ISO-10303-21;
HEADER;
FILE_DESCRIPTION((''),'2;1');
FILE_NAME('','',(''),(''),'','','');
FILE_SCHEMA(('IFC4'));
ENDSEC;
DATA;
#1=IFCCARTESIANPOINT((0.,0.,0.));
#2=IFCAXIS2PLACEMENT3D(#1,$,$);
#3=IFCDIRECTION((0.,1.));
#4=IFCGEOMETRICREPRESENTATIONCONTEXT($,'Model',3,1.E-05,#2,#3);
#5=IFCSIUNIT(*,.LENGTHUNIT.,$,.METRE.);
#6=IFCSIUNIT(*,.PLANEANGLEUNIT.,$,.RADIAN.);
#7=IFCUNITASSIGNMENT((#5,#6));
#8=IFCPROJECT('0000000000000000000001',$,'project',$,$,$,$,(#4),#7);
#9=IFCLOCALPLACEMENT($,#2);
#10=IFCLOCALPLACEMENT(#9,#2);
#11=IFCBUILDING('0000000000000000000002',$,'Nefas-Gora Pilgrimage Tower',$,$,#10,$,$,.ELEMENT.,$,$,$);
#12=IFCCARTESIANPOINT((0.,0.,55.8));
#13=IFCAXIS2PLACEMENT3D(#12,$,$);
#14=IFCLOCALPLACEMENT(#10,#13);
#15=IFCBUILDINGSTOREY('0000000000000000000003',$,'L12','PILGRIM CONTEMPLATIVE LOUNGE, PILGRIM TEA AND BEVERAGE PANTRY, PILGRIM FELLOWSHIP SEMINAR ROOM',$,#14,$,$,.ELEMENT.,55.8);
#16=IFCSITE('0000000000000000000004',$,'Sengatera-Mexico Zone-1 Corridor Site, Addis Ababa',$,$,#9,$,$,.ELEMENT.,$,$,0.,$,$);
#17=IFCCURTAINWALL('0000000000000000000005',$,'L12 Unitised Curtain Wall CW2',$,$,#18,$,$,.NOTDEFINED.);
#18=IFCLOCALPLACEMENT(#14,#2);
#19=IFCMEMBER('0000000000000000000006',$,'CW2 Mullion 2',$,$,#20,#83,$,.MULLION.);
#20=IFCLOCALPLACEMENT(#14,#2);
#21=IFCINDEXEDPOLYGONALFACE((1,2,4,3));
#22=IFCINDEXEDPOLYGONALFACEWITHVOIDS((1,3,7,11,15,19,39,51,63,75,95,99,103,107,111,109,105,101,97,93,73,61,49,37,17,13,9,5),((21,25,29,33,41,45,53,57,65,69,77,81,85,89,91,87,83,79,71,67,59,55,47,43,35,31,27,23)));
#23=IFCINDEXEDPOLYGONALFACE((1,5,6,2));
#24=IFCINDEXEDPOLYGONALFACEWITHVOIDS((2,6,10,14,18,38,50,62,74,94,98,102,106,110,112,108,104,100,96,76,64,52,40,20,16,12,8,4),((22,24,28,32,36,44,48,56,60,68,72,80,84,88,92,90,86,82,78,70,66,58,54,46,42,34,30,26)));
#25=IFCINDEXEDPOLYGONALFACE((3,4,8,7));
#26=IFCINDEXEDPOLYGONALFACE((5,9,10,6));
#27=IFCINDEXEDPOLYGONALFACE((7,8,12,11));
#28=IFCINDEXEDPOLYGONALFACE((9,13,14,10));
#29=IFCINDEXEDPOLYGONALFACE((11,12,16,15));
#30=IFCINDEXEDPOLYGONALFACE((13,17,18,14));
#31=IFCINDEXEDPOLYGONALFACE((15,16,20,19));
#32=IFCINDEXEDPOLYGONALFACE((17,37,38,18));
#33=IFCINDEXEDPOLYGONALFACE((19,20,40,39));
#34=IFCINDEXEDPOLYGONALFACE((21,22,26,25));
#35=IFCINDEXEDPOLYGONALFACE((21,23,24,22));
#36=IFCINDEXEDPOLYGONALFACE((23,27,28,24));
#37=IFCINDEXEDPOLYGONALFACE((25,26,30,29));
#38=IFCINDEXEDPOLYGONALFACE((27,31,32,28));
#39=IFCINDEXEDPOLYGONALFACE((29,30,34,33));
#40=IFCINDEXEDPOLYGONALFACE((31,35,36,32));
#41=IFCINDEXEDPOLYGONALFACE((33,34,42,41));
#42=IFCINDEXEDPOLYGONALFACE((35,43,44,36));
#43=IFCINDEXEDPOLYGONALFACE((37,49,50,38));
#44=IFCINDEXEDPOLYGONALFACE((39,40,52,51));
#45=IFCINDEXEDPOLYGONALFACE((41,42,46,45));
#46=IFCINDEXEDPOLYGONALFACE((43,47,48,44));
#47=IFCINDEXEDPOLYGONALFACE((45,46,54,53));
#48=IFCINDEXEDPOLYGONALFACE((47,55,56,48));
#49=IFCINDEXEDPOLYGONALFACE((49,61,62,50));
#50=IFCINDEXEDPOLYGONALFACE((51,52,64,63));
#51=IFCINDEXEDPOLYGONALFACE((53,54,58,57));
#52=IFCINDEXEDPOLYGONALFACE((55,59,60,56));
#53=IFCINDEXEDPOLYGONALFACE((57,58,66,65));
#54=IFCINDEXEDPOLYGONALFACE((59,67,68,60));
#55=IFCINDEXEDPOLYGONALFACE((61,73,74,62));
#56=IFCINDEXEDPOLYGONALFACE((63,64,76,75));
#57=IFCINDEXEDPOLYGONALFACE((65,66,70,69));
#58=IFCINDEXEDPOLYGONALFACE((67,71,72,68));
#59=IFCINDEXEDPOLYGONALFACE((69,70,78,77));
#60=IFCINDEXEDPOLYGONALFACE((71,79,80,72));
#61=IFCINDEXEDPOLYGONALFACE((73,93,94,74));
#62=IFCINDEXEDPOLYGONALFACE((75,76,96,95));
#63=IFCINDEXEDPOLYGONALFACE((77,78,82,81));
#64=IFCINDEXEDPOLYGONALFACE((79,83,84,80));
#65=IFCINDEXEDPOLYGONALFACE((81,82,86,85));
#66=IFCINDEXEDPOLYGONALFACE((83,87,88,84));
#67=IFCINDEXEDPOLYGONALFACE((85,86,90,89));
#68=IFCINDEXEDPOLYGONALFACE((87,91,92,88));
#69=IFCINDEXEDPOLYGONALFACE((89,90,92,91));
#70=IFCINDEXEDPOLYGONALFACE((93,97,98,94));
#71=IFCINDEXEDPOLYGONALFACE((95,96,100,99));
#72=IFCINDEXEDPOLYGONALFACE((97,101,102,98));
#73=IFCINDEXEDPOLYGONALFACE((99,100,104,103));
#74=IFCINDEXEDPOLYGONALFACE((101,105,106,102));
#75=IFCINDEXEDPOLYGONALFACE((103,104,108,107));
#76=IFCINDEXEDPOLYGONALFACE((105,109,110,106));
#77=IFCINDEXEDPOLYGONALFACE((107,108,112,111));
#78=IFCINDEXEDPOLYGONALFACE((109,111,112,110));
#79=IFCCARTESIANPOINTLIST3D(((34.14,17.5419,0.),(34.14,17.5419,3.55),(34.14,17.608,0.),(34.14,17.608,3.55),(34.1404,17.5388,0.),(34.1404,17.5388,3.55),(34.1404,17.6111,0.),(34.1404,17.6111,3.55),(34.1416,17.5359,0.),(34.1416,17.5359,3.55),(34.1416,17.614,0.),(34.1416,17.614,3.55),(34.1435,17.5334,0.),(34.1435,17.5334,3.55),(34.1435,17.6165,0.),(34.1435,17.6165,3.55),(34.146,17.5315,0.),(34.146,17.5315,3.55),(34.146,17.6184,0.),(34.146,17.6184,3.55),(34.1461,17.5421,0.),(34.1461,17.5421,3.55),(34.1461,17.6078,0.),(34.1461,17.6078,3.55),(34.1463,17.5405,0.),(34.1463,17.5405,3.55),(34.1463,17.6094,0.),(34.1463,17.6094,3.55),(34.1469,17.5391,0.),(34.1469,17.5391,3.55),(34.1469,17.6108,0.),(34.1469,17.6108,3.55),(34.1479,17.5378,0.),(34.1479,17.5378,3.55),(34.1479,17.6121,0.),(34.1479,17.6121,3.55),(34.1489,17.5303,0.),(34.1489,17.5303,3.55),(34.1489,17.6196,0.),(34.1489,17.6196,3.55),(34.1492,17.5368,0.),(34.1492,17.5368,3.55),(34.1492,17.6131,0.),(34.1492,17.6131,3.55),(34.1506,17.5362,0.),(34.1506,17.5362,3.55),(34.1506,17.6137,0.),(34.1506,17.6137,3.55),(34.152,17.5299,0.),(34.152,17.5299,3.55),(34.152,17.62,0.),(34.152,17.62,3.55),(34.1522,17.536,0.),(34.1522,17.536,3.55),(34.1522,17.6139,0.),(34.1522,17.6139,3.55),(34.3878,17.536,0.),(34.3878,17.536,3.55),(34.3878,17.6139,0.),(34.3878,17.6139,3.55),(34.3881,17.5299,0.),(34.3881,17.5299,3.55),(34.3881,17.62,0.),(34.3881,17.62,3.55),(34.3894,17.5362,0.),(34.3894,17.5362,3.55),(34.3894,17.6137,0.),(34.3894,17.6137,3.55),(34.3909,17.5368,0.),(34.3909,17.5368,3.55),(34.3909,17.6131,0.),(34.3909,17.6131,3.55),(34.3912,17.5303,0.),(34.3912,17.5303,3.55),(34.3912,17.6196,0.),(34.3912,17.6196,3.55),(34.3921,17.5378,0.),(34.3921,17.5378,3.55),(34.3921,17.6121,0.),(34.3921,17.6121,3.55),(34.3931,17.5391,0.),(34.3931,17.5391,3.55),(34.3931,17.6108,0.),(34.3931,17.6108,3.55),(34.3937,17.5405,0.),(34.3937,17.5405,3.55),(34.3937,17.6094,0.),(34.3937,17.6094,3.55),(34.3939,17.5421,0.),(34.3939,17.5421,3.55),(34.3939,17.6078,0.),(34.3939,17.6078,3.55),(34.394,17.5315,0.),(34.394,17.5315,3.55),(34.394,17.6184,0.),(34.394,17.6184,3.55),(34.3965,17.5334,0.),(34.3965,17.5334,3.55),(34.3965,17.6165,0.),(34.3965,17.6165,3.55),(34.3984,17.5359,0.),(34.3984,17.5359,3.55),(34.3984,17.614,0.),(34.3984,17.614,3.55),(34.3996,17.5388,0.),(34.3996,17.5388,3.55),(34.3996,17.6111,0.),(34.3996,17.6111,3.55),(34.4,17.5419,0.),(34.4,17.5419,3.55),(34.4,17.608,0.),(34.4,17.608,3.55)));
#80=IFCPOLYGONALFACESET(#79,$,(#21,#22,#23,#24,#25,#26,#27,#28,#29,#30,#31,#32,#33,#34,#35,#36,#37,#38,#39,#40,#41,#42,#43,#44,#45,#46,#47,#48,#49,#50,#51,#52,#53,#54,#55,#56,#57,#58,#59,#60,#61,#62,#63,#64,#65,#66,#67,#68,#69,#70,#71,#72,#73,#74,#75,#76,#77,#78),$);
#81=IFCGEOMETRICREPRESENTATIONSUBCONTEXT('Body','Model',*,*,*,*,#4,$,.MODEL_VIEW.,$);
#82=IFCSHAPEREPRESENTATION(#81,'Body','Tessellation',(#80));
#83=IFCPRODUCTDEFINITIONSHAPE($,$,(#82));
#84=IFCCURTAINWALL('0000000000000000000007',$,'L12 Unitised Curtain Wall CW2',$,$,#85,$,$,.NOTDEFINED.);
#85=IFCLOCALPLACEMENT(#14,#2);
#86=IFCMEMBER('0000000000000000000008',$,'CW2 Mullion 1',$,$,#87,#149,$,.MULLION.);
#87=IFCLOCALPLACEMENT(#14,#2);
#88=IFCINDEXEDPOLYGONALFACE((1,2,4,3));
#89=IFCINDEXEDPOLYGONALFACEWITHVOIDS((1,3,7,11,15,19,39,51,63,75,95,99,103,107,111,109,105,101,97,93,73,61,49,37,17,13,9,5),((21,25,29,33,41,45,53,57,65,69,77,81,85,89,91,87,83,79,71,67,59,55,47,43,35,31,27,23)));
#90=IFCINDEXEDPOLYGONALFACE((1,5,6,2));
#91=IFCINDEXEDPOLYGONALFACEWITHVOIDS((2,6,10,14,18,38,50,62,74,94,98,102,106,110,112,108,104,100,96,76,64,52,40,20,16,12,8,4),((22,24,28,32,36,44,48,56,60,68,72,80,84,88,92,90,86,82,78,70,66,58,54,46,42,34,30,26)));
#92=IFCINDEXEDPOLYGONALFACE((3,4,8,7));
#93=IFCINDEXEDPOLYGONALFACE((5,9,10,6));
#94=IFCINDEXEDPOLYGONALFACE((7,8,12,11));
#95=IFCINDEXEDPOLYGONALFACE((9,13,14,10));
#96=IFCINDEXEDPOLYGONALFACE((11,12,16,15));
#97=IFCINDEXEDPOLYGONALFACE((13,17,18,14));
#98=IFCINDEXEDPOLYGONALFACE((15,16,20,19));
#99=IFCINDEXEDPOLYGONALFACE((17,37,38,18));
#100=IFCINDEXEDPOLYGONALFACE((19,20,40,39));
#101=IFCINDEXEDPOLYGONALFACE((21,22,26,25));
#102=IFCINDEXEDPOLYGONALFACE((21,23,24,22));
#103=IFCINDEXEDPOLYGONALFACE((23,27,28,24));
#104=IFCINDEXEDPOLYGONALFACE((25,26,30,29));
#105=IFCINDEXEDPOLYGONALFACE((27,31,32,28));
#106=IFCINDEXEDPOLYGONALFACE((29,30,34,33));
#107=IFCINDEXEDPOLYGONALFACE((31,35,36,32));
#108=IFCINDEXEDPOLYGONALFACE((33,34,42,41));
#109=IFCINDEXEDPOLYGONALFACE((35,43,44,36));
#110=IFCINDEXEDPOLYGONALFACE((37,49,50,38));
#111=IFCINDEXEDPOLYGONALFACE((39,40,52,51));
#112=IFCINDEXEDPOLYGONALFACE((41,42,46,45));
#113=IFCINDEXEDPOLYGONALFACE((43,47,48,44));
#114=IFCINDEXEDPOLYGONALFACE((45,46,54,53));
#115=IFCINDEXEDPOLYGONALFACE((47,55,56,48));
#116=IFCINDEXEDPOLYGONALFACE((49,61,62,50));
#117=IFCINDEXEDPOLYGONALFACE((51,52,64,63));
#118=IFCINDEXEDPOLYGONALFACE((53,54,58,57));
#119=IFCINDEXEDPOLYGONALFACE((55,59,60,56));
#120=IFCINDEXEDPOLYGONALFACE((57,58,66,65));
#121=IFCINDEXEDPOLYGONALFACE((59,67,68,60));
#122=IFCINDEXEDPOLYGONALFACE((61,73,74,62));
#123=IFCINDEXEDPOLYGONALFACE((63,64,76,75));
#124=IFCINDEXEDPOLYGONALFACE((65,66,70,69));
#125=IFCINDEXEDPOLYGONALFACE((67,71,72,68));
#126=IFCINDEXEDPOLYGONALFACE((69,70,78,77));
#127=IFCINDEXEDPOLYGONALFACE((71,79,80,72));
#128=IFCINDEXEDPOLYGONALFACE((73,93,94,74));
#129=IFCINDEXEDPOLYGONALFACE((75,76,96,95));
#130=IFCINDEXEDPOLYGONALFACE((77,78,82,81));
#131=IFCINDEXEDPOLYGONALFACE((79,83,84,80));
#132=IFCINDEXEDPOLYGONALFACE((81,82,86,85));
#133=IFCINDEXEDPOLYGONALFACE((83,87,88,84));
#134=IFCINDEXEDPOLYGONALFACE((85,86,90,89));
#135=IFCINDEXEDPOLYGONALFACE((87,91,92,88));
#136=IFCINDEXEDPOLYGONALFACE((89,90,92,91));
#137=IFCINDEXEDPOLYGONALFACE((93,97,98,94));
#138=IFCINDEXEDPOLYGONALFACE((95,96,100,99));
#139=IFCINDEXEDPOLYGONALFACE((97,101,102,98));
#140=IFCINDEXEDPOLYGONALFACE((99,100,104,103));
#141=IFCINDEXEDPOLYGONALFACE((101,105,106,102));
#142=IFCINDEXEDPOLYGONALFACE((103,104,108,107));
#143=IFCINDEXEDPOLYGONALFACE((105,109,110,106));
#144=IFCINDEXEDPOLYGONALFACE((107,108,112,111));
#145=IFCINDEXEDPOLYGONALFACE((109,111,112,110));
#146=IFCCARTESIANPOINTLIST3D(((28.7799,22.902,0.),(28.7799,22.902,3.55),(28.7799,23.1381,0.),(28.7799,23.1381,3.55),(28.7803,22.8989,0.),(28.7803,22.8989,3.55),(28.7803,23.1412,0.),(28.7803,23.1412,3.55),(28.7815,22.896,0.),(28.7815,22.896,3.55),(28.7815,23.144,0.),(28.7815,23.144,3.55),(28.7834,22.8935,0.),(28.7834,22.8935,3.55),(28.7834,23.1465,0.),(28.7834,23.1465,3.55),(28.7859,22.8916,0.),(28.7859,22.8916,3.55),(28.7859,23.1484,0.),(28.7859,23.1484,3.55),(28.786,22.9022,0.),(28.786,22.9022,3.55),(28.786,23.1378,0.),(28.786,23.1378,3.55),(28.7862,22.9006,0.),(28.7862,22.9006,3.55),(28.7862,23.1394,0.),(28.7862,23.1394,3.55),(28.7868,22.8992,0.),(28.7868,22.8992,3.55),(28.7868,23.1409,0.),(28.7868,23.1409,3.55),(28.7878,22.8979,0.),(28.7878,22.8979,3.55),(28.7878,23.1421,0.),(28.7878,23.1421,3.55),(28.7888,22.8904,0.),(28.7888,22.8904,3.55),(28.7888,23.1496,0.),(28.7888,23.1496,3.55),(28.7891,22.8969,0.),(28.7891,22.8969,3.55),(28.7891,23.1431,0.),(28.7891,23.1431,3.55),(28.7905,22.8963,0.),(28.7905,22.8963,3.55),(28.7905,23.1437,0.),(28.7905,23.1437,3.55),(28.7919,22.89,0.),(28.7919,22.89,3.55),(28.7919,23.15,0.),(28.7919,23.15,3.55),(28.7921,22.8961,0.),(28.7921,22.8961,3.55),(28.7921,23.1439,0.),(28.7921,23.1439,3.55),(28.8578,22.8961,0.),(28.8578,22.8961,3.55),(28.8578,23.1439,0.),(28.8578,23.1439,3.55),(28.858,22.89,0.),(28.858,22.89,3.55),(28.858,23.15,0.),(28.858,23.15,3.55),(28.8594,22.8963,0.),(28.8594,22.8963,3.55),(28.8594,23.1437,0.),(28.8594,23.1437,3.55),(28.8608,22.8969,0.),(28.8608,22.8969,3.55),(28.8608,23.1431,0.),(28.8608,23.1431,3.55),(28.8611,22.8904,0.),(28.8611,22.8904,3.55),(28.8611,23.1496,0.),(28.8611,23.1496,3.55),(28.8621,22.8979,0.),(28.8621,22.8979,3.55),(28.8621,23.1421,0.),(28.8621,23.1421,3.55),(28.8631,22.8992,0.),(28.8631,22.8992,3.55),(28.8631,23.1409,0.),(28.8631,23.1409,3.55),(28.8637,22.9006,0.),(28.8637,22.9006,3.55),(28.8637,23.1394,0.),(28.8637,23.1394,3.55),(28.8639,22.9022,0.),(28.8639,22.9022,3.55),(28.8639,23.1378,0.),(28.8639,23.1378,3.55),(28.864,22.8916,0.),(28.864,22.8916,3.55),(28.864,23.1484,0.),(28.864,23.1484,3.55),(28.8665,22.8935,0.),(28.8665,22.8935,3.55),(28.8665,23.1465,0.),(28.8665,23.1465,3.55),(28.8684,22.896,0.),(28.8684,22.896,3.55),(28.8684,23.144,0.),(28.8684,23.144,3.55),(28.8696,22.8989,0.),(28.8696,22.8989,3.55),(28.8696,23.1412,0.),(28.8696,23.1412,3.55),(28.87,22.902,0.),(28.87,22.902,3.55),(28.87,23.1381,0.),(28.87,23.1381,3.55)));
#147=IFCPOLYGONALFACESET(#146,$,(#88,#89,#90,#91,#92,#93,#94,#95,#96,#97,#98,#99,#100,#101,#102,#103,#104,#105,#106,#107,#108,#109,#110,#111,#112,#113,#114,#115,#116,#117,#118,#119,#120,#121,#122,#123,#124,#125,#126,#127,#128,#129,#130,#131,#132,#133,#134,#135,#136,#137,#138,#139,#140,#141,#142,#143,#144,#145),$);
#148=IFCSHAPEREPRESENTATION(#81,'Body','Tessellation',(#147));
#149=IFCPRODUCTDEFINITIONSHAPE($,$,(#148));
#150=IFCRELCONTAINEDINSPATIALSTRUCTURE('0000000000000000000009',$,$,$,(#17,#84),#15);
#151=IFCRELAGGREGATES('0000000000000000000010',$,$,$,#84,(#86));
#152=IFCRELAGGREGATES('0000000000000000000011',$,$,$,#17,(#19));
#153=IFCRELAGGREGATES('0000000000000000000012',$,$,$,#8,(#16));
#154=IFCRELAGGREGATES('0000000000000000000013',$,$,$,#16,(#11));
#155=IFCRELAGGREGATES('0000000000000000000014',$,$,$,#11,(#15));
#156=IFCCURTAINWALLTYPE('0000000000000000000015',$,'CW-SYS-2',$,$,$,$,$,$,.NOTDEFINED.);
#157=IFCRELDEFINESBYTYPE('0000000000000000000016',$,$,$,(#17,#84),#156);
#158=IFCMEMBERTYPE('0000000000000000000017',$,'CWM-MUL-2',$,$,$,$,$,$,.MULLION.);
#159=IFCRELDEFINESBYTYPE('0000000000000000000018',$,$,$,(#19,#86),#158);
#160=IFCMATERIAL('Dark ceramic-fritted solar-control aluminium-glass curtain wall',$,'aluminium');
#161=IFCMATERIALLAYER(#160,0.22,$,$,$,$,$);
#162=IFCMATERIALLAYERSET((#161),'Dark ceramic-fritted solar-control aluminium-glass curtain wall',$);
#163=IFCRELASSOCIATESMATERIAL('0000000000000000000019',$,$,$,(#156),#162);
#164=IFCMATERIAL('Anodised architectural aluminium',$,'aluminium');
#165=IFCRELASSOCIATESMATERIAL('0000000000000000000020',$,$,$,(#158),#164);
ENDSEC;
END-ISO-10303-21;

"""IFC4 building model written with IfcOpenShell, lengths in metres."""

from ifc_helpers import new_model, si_unit, direction, frame, origin, origin_2d, place, context, subcontext, project, spatial, hollow_rectangle, extrude, source, transform, mapped, material, layer, layer_set, material_profile, profile_set, type_object, element, aggregate, save


model = new_model("IFC4")

# Units and contexts
model_context = context("Model", 3, precision=1e-05, world=origin(), true_north=direction((0.0, 1.0)))
body_context = subcontext(model_context, "Body", "Model", "MODEL_VIEW")
ifc_project = project(units=[si_unit("LENGTHUNIT", "METRE"), si_unit("PLANEANGLEUNIT", "RADIAN")], contexts=[model_context])

# Site, building, storey
site_placement = place(None, origin())
site = spatial("IfcSite", under=ifc_project, at=site_placement, Name="Sengatera-Mexico Zone-1 Corridor Site, Addis Ababa", CompositionType="ELEMENT", RefElevation=0.0)
building_placement = place(site_placement, origin())
building = spatial("IfcBuilding", under=site, at=building_placement, Name="Nefas-Gora Pilgrimage Tower", CompositionType="ELEMENT")
storey_placement = place(building_placement, frame((0.0, 0.0, 55.8)))
storey = spatial("IfcBuildingStorey", under=building, at=storey_placement, Name="L12", Description="PILGRIM CONTEMPLATIVE LOUNGE, PILGRIM TEA AND BEVERAGE PANTRY, PILGRIM FELLOWSHIP SEMINAR ROOM", CompositionType="ELEMENT", Elevation=55.8)

# Curtain wall, member
ifc_material_1 = material(Name="Dark ceramic-fritted solar-control aluminium-glass curtain wall", Category="aluminium")
ifc_layer_1 = layer(ifc_material_1, 0.22)
ifc_layer_set_1 = layer_set([ifc_layer_1], Name="Dark ceramic-fritted solar-control aluminium-glass curtain wall")
curtain_wall_type = type_object("IfcCurtainWallType", Name="CW-SYS-2", PredefinedType="NOTDEFINED", material=ifc_layer_set_1)
curtain_wall_1_placement = place(storey_placement, origin())
curtain_wall_1 = element("IfcCurtainWall", 1, at=curtain_wall_1_placement, inside=storey, type_object=curtain_wall_type, Name="L12 Unitised Curtain Wall CW2", PredefinedType="NOTDEFINED")
ifc_material_2 = material(Name="Anodised architectural aluminium", Category="aluminium")
ifc_material_profile_1 = material_profile(ifc_material_2, hollow_rectangle(XDim=0.0901, YDim=0.26, WallThickness=0.0061, InnerFilletRadius=0.0061, OuterFilletRadius=0.012, at=origin_2d()), Name="ALU MULLION 90x260")
ifc_profile_set_1 = profile_set([ifc_material_profile_1], Name="Anodised architectural aluminium")
member_type_1 = type_object("IfcMemberType", Name="CWM-MUL-2", PredefinedType="MULLION", material=ifc_profile_set_1)
shared_shape_1 = source(origin(), body_context, "Body", "SweptSolid", [
    extrude(hollow_rectangle(XDim=0.0901, YDim=0.26, WallThickness=0.0061, InnerFilletRadius=0.0061, OuterFilletRadius=0.012, at=origin_2d()), origin(), (0.0, 0.0, 1.0), 3.55),
])
member_1_placement = place(storey_placement, frame((34.27, 17.575, 0.0), z_axis=(0.0, 0.0, 1.0), x_axis=(0.0, 1.0, 0.0)))
member_1 = element("IfcMember", 2, at=member_1_placement, type_object=member_type_1, Name="CW2 Mullion 2", PredefinedType="MULLION", context=body_context, shape_type="MappedRepresentation", body=[
    mapped(shared_shape_1, transform((0.0, 0.0, 0.0), x_axis=(1.0, 0.0, 0.0), y_axis=(0.0, 1.0, 0.0), z_axis=(0.0, 0.0, 1.0), scale=1.0)),
])

# Curtain wall, member
curtain_wall_2_placement = place(storey_placement, origin())
curtain_wall_2 = element("IfcCurtainWall", 3, at=curtain_wall_2_placement, inside=storey, type_object=curtain_wall_type, Name="L12 Unitised Curtain Wall CW2", PredefinedType="NOTDEFINED")
member_2_placement = place(storey_placement, frame((28.825, 23.02, 0.0), z_axis=(0.0, 0.0, 1.0), x_axis=(-1.0, 0.0, 0.0)))
member_2 = element("IfcMember", 4, at=member_2_placement, type_object=member_type_1, Name="CW2 Mullion 1", PredefinedType="MULLION", context=body_context, shape_type="MappedRepresentation", body=[
    mapped(shared_shape_1, transform((0.0, 0.0, 0.0), x_axis=(1.0, 0.0, 0.0), y_axis=(0.0, 1.0, 0.0), z_axis=(0.0, 0.0, 1.0), scale=1.0)),
])

aggregate(curtain_wall_2, [member_2])
aggregate(curtain_wall_1, [member_1])

save(model, "model.ifc")
